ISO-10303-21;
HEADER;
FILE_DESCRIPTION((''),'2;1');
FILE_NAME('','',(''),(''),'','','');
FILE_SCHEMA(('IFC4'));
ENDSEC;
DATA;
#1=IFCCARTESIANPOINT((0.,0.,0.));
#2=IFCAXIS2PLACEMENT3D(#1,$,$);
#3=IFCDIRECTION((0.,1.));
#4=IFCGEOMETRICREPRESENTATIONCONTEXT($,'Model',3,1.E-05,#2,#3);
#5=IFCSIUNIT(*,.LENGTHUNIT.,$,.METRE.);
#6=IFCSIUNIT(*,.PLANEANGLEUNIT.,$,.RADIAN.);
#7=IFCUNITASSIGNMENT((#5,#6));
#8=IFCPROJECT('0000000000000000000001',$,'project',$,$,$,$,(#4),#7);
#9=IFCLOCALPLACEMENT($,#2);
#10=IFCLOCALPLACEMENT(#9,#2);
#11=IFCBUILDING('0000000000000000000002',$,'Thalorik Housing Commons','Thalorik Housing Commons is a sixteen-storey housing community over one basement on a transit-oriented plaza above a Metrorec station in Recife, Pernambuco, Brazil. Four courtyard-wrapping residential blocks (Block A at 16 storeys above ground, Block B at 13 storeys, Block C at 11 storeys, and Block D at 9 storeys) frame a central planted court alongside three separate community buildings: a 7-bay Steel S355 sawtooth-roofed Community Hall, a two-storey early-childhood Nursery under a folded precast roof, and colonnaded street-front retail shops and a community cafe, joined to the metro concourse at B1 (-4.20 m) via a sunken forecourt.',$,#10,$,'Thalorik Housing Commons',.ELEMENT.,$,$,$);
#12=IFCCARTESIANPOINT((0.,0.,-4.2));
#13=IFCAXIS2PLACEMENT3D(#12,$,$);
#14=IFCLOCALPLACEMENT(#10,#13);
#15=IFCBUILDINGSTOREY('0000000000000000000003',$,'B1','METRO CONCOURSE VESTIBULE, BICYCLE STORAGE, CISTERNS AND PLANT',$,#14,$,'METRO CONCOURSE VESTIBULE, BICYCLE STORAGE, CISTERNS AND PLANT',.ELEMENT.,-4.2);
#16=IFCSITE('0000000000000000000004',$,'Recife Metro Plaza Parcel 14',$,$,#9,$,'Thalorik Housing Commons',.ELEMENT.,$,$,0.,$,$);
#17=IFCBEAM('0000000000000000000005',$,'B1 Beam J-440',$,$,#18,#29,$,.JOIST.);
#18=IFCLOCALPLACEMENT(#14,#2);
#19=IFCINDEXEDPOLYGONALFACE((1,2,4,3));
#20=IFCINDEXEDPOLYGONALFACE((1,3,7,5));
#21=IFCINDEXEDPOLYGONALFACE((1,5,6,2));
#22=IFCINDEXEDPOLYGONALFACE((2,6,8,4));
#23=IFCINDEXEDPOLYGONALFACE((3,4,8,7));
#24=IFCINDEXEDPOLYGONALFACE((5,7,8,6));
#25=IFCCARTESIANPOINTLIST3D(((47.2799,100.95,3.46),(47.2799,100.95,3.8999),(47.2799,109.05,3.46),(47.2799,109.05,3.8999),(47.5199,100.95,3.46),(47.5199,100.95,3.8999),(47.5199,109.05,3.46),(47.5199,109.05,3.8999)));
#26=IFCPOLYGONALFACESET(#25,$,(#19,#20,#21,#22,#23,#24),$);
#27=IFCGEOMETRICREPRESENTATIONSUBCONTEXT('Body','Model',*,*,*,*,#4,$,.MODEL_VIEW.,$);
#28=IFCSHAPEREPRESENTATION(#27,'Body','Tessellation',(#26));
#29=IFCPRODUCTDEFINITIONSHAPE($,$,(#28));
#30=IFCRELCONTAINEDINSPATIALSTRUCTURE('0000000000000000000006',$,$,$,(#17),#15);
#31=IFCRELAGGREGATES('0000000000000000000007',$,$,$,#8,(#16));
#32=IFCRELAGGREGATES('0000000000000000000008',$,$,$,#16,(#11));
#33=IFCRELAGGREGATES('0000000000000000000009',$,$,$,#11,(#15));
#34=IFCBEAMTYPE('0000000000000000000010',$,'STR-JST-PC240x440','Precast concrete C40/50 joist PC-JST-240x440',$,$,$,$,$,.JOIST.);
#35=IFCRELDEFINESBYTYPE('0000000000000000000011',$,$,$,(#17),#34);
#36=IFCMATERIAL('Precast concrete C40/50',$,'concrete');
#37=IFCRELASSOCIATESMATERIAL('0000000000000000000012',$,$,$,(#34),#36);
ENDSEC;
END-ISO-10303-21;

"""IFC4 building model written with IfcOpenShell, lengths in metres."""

from ifc_helpers import new_model, si_unit, direction, frame, origin, origin_2d, place, context, subcontext, project, spatial, rectangle, extrude, material, material_profile, profile_set, type_object, element, save


model = new_model("IFC4")

# Units and contexts
model_context = context("Model", 3, precision=1e-05, world=origin(), true_north=direction((0.0, 1.0)))
body_context = subcontext(model_context, "Body", "Model", "MODEL_VIEW")
ifc_project = project(units=[si_unit("LENGTHUNIT", "METRE"), si_unit("PLANEANGLEUNIT", "RADIAN")], contexts=[model_context])

# Site, building, storey
site_placement = place(None, origin())
site = spatial("IfcSite", under=ifc_project, at=site_placement, Name="Recife Metro Plaza Parcel 14", LongName="Thalorik Housing Commons", CompositionType="ELEMENT", RefElevation=0.0)
building_placement = place(site_placement, origin())
building = spatial("IfcBuilding", under=site, at=building_placement, Name="Thalorik Housing Commons", Description="Thalorik Housing Commons is a sixteen-storey housing community over one basement on a transit-oriented plaza above a Metrorec station in Recife, Pernambuco, Brazil. Four courtyard-wrapping residential blocks (Block A at 16 storeys above ground, Block B at 13 storeys, Block C at 11 storeys, and Block D at 9 storeys) frame a central planted court alongside three separate community buildings: a 7-bay Steel S355 sawtooth-roofed Community Hall, a two-storey early-childhood Nursery under a folded precast roof, and colonnaded street-front retail shops and a community cafe, joined to the metro concourse at B1 (-4.20 m) via a sunken forecourt.", LongName="Thalorik Housing Commons", CompositionType="ELEMENT")
storey_placement = place(building_placement, frame((0.0, 0.0, -4.2)))
storey = spatial("IfcBuildingStorey", under=building, at=storey_placement, Name="B1", Description="METRO CONCOURSE VESTIBULE, BICYCLE STORAGE, CISTERNS AND PLANT", LongName="METRO CONCOURSE VESTIBULE, BICYCLE STORAGE, CISTERNS AND PLANT", CompositionType="ELEMENT", Elevation=-4.2)

# Shared definitions
ifc_material_1 = material(Name="Precast concrete C40/50", Category="concrete")

# Beam
ifc_material_profile_1 = material_profile(ifc_material_1, rectangle(XDim=0.24, YDim=0.4399, at=origin_2d()), Name="PC JST 240x440", Category="concrete")
ifc_profile_set_1 = profile_set([ifc_material_profile_1], Name="Precast concrete C40/50")
beam_type_1 = type_object("IfcBeamType", Name="STR-JST-PC240x440", Description="Precast concrete C40/50 joist PC-JST-240x440", PredefinedType="JOIST", material=ifc_profile_set_1)
beam_1_placement = place(storey_placement, frame((47.3999, 100.95, 3.6799), z_axis=(0.0, 1.0, 0.0), x_axis=(-1.0, 0.0, 0.0)))
element("IfcBeam", 1, at=beam_1_placement, inside=storey, type_object=beam_type_1, Name="B1 Beam J-440", PredefinedType="JOIST", context=body_context, shape_type="SweptSolid", body=[
    extrude(rectangle(XDim=0.24, YDim=0.4399, at=origin_2d()), origin(), (0.0, 0.0, 1.0), 8.1001),
])

save(model, "model.ifc")
